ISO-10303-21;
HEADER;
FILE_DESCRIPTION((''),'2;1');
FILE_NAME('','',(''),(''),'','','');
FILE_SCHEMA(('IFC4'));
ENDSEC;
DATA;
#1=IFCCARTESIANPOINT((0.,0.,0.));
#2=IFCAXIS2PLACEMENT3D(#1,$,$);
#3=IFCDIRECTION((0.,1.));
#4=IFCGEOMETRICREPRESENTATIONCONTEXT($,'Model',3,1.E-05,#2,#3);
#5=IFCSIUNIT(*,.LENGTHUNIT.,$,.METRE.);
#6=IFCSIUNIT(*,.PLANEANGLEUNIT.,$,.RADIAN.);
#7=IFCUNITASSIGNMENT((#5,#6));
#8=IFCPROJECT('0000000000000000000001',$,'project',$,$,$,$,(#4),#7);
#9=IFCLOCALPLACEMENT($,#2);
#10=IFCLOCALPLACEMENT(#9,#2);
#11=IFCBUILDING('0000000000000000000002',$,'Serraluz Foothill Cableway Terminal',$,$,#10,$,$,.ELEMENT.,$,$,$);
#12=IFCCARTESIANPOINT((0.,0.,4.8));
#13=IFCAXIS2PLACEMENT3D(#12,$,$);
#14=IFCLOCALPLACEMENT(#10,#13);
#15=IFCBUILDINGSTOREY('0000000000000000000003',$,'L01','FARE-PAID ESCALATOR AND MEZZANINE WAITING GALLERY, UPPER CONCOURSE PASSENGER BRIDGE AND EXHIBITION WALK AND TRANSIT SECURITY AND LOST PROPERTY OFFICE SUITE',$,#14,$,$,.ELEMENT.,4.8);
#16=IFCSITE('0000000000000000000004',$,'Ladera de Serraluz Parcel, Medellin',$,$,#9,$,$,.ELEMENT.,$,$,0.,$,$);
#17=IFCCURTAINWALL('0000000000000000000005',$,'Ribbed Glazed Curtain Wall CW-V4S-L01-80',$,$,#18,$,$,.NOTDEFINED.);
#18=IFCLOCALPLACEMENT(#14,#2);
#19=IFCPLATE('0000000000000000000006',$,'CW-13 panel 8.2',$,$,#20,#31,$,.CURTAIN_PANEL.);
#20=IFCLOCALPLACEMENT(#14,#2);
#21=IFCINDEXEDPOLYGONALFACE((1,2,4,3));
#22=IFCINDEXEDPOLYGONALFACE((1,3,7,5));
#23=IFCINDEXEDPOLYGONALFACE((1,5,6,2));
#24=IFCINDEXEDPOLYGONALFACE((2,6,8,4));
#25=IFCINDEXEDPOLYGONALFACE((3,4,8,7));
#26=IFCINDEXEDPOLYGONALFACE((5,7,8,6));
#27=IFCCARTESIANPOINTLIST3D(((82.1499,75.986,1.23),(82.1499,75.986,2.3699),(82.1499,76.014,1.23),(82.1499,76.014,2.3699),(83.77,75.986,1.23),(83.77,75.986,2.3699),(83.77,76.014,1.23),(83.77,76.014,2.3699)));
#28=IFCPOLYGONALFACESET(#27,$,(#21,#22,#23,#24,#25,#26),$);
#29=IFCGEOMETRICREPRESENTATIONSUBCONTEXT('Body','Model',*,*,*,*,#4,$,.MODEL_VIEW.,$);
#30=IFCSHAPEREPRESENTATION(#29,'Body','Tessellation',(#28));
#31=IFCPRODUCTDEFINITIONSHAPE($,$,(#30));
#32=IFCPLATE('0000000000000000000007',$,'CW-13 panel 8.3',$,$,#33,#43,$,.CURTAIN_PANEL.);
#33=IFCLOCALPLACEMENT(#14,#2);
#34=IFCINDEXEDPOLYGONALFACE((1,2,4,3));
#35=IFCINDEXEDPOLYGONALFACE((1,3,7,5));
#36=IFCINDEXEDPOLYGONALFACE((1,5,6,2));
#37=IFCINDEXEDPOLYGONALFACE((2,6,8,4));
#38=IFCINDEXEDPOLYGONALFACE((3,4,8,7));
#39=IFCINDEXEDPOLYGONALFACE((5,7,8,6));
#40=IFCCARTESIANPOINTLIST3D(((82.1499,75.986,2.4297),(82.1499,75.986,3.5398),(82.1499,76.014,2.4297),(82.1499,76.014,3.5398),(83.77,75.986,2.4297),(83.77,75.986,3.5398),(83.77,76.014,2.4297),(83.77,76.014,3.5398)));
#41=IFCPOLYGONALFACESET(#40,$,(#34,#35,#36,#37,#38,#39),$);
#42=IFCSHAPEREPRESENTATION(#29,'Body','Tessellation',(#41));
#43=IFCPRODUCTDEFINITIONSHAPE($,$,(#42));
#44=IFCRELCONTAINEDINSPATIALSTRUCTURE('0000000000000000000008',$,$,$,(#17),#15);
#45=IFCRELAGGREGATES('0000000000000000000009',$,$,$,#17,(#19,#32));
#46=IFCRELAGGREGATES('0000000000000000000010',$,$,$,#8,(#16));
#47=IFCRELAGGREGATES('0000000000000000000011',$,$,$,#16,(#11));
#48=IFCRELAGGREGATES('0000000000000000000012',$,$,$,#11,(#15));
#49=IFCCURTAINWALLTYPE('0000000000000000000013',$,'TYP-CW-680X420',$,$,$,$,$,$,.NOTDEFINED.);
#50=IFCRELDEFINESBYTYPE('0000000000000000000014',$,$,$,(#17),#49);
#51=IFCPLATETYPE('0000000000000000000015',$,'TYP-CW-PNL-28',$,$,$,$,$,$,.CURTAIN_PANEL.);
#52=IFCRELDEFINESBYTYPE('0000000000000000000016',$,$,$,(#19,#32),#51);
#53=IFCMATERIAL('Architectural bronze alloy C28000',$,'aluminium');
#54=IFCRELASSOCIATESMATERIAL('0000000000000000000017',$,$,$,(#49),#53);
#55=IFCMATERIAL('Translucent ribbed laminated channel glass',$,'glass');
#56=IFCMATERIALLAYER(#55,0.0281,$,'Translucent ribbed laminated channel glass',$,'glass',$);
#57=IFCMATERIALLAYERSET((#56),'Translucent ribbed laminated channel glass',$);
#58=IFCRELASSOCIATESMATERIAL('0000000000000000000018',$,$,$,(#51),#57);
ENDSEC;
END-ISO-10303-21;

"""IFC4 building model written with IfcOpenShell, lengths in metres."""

from ifc_helpers import new_model, si_unit, direction, frame, origin, origin_2d, place, context, subcontext, project, spatial, rectangle, extrude, material, layer, layer_set, type_object, element, aggregate, save


model = new_model("IFC4")

# Units and contexts
model_context = context("Model", 3, precision=1e-05, world=origin(), true_north=direction((0.0, 1.0)))
body_context = subcontext(model_context, "Body", "Model", "MODEL_VIEW")
ifc_project = project(units=[si_unit("LENGTHUNIT", "METRE"), si_unit("PLANEANGLEUNIT", "RADIAN")], contexts=[model_context])

# Site, building, storey
site_placement = place(None, origin())
site = spatial("IfcSite", under=ifc_project, at=site_placement, Name="Ladera de Serraluz Parcel, Medellin", CompositionType="ELEMENT", RefElevation=0.0)
building_placement = place(site_placement, origin())
building = spatial("IfcBuilding", under=site, at=building_placement, Name="Serraluz Foothill Cableway Terminal", CompositionType="ELEMENT")
storey_placement = place(building_placement, frame((0.0, 0.0, 4.8)))
storey = spatial("IfcBuildingStorey", under=building, at=storey_placement, Name="L01", Description="FARE-PAID ESCALATOR AND MEZZANINE WAITING GALLERY, UPPER CONCOURSE PASSENGER BRIDGE AND EXHIBITION WALK AND TRANSIT SECURITY AND LOST PROPERTY OFFICE SUITE", CompositionType="ELEMENT", Elevation=4.8)

# Curtain wall, plates
ifc_material_1 = material(Name="Architectural bronze alloy C28000", Category="aluminium")
curtain_wall_type = type_object("IfcCurtainWallType", Name="TYP-CW-680X420", PredefinedType="NOTDEFINED", material=ifc_material_1)
curtain_wall_placement = place(storey_placement, origin())
curtain_wall = element("IfcCurtainWall", 1, at=curtain_wall_placement, inside=storey, type_object=curtain_wall_type, Name="Ribbed Glazed Curtain Wall CW-V4S-L01-80", PredefinedType="NOTDEFINED")
ifc_material_2 = material(Name="Translucent ribbed laminated channel glass", Category="glass")
ifc_layer = layer(ifc_material_2, 0.0281, Name="Translucent ribbed laminated channel glass", Category="glass")
ifc_layer_set = layer_set([ifc_layer], Name="Translucent ribbed laminated channel glass")
plate_type = type_object("IfcPlateType", Name="TYP-CW-PNL-28", PredefinedType="CURTAIN_PANEL", material=ifc_layer_set)
plate_1_placement = place(storey_placement, frame((82.96, 76.0, 1.23), z_axis=(0.0, 0.0, 1.0), x_axis=(-1.0, 0.0, 0.0)))
plate_1 = element("IfcPlate", 2, at=plate_1_placement, type_object=plate_type, Name="CW-13 panel 8.2", PredefinedType="CURTAIN_PANEL", context=body_context, shape_type="SweptSolid", body=[
    extrude(rectangle(XDim=1.6201, YDim=0.0281, at=origin_2d()), origin(), (0.0, 0.0, 1.0), 1.1399),
])
plate_2_placement = place(storey_placement, frame((82.96, 76.0, 2.4297), z_axis=(0.0, 0.0, 1.0), x_axis=(-1.0, 0.0, 0.0)))
plate_2 = element("IfcPlate", 3, at=plate_2_placement, type_object=plate_type, Name="CW-13 panel 8.3", PredefinedType="CURTAIN_PANEL", context=body_context, shape_type="SweptSolid", body=[
    extrude(rectangle(XDim=1.6201, YDim=0.0281, at=origin_2d()), origin(), (0.0, 0.0, 1.0), 1.1101),
])
aggregate(curtain_wall, [plate_1, plate_2])

save(model, "model.ifc")
